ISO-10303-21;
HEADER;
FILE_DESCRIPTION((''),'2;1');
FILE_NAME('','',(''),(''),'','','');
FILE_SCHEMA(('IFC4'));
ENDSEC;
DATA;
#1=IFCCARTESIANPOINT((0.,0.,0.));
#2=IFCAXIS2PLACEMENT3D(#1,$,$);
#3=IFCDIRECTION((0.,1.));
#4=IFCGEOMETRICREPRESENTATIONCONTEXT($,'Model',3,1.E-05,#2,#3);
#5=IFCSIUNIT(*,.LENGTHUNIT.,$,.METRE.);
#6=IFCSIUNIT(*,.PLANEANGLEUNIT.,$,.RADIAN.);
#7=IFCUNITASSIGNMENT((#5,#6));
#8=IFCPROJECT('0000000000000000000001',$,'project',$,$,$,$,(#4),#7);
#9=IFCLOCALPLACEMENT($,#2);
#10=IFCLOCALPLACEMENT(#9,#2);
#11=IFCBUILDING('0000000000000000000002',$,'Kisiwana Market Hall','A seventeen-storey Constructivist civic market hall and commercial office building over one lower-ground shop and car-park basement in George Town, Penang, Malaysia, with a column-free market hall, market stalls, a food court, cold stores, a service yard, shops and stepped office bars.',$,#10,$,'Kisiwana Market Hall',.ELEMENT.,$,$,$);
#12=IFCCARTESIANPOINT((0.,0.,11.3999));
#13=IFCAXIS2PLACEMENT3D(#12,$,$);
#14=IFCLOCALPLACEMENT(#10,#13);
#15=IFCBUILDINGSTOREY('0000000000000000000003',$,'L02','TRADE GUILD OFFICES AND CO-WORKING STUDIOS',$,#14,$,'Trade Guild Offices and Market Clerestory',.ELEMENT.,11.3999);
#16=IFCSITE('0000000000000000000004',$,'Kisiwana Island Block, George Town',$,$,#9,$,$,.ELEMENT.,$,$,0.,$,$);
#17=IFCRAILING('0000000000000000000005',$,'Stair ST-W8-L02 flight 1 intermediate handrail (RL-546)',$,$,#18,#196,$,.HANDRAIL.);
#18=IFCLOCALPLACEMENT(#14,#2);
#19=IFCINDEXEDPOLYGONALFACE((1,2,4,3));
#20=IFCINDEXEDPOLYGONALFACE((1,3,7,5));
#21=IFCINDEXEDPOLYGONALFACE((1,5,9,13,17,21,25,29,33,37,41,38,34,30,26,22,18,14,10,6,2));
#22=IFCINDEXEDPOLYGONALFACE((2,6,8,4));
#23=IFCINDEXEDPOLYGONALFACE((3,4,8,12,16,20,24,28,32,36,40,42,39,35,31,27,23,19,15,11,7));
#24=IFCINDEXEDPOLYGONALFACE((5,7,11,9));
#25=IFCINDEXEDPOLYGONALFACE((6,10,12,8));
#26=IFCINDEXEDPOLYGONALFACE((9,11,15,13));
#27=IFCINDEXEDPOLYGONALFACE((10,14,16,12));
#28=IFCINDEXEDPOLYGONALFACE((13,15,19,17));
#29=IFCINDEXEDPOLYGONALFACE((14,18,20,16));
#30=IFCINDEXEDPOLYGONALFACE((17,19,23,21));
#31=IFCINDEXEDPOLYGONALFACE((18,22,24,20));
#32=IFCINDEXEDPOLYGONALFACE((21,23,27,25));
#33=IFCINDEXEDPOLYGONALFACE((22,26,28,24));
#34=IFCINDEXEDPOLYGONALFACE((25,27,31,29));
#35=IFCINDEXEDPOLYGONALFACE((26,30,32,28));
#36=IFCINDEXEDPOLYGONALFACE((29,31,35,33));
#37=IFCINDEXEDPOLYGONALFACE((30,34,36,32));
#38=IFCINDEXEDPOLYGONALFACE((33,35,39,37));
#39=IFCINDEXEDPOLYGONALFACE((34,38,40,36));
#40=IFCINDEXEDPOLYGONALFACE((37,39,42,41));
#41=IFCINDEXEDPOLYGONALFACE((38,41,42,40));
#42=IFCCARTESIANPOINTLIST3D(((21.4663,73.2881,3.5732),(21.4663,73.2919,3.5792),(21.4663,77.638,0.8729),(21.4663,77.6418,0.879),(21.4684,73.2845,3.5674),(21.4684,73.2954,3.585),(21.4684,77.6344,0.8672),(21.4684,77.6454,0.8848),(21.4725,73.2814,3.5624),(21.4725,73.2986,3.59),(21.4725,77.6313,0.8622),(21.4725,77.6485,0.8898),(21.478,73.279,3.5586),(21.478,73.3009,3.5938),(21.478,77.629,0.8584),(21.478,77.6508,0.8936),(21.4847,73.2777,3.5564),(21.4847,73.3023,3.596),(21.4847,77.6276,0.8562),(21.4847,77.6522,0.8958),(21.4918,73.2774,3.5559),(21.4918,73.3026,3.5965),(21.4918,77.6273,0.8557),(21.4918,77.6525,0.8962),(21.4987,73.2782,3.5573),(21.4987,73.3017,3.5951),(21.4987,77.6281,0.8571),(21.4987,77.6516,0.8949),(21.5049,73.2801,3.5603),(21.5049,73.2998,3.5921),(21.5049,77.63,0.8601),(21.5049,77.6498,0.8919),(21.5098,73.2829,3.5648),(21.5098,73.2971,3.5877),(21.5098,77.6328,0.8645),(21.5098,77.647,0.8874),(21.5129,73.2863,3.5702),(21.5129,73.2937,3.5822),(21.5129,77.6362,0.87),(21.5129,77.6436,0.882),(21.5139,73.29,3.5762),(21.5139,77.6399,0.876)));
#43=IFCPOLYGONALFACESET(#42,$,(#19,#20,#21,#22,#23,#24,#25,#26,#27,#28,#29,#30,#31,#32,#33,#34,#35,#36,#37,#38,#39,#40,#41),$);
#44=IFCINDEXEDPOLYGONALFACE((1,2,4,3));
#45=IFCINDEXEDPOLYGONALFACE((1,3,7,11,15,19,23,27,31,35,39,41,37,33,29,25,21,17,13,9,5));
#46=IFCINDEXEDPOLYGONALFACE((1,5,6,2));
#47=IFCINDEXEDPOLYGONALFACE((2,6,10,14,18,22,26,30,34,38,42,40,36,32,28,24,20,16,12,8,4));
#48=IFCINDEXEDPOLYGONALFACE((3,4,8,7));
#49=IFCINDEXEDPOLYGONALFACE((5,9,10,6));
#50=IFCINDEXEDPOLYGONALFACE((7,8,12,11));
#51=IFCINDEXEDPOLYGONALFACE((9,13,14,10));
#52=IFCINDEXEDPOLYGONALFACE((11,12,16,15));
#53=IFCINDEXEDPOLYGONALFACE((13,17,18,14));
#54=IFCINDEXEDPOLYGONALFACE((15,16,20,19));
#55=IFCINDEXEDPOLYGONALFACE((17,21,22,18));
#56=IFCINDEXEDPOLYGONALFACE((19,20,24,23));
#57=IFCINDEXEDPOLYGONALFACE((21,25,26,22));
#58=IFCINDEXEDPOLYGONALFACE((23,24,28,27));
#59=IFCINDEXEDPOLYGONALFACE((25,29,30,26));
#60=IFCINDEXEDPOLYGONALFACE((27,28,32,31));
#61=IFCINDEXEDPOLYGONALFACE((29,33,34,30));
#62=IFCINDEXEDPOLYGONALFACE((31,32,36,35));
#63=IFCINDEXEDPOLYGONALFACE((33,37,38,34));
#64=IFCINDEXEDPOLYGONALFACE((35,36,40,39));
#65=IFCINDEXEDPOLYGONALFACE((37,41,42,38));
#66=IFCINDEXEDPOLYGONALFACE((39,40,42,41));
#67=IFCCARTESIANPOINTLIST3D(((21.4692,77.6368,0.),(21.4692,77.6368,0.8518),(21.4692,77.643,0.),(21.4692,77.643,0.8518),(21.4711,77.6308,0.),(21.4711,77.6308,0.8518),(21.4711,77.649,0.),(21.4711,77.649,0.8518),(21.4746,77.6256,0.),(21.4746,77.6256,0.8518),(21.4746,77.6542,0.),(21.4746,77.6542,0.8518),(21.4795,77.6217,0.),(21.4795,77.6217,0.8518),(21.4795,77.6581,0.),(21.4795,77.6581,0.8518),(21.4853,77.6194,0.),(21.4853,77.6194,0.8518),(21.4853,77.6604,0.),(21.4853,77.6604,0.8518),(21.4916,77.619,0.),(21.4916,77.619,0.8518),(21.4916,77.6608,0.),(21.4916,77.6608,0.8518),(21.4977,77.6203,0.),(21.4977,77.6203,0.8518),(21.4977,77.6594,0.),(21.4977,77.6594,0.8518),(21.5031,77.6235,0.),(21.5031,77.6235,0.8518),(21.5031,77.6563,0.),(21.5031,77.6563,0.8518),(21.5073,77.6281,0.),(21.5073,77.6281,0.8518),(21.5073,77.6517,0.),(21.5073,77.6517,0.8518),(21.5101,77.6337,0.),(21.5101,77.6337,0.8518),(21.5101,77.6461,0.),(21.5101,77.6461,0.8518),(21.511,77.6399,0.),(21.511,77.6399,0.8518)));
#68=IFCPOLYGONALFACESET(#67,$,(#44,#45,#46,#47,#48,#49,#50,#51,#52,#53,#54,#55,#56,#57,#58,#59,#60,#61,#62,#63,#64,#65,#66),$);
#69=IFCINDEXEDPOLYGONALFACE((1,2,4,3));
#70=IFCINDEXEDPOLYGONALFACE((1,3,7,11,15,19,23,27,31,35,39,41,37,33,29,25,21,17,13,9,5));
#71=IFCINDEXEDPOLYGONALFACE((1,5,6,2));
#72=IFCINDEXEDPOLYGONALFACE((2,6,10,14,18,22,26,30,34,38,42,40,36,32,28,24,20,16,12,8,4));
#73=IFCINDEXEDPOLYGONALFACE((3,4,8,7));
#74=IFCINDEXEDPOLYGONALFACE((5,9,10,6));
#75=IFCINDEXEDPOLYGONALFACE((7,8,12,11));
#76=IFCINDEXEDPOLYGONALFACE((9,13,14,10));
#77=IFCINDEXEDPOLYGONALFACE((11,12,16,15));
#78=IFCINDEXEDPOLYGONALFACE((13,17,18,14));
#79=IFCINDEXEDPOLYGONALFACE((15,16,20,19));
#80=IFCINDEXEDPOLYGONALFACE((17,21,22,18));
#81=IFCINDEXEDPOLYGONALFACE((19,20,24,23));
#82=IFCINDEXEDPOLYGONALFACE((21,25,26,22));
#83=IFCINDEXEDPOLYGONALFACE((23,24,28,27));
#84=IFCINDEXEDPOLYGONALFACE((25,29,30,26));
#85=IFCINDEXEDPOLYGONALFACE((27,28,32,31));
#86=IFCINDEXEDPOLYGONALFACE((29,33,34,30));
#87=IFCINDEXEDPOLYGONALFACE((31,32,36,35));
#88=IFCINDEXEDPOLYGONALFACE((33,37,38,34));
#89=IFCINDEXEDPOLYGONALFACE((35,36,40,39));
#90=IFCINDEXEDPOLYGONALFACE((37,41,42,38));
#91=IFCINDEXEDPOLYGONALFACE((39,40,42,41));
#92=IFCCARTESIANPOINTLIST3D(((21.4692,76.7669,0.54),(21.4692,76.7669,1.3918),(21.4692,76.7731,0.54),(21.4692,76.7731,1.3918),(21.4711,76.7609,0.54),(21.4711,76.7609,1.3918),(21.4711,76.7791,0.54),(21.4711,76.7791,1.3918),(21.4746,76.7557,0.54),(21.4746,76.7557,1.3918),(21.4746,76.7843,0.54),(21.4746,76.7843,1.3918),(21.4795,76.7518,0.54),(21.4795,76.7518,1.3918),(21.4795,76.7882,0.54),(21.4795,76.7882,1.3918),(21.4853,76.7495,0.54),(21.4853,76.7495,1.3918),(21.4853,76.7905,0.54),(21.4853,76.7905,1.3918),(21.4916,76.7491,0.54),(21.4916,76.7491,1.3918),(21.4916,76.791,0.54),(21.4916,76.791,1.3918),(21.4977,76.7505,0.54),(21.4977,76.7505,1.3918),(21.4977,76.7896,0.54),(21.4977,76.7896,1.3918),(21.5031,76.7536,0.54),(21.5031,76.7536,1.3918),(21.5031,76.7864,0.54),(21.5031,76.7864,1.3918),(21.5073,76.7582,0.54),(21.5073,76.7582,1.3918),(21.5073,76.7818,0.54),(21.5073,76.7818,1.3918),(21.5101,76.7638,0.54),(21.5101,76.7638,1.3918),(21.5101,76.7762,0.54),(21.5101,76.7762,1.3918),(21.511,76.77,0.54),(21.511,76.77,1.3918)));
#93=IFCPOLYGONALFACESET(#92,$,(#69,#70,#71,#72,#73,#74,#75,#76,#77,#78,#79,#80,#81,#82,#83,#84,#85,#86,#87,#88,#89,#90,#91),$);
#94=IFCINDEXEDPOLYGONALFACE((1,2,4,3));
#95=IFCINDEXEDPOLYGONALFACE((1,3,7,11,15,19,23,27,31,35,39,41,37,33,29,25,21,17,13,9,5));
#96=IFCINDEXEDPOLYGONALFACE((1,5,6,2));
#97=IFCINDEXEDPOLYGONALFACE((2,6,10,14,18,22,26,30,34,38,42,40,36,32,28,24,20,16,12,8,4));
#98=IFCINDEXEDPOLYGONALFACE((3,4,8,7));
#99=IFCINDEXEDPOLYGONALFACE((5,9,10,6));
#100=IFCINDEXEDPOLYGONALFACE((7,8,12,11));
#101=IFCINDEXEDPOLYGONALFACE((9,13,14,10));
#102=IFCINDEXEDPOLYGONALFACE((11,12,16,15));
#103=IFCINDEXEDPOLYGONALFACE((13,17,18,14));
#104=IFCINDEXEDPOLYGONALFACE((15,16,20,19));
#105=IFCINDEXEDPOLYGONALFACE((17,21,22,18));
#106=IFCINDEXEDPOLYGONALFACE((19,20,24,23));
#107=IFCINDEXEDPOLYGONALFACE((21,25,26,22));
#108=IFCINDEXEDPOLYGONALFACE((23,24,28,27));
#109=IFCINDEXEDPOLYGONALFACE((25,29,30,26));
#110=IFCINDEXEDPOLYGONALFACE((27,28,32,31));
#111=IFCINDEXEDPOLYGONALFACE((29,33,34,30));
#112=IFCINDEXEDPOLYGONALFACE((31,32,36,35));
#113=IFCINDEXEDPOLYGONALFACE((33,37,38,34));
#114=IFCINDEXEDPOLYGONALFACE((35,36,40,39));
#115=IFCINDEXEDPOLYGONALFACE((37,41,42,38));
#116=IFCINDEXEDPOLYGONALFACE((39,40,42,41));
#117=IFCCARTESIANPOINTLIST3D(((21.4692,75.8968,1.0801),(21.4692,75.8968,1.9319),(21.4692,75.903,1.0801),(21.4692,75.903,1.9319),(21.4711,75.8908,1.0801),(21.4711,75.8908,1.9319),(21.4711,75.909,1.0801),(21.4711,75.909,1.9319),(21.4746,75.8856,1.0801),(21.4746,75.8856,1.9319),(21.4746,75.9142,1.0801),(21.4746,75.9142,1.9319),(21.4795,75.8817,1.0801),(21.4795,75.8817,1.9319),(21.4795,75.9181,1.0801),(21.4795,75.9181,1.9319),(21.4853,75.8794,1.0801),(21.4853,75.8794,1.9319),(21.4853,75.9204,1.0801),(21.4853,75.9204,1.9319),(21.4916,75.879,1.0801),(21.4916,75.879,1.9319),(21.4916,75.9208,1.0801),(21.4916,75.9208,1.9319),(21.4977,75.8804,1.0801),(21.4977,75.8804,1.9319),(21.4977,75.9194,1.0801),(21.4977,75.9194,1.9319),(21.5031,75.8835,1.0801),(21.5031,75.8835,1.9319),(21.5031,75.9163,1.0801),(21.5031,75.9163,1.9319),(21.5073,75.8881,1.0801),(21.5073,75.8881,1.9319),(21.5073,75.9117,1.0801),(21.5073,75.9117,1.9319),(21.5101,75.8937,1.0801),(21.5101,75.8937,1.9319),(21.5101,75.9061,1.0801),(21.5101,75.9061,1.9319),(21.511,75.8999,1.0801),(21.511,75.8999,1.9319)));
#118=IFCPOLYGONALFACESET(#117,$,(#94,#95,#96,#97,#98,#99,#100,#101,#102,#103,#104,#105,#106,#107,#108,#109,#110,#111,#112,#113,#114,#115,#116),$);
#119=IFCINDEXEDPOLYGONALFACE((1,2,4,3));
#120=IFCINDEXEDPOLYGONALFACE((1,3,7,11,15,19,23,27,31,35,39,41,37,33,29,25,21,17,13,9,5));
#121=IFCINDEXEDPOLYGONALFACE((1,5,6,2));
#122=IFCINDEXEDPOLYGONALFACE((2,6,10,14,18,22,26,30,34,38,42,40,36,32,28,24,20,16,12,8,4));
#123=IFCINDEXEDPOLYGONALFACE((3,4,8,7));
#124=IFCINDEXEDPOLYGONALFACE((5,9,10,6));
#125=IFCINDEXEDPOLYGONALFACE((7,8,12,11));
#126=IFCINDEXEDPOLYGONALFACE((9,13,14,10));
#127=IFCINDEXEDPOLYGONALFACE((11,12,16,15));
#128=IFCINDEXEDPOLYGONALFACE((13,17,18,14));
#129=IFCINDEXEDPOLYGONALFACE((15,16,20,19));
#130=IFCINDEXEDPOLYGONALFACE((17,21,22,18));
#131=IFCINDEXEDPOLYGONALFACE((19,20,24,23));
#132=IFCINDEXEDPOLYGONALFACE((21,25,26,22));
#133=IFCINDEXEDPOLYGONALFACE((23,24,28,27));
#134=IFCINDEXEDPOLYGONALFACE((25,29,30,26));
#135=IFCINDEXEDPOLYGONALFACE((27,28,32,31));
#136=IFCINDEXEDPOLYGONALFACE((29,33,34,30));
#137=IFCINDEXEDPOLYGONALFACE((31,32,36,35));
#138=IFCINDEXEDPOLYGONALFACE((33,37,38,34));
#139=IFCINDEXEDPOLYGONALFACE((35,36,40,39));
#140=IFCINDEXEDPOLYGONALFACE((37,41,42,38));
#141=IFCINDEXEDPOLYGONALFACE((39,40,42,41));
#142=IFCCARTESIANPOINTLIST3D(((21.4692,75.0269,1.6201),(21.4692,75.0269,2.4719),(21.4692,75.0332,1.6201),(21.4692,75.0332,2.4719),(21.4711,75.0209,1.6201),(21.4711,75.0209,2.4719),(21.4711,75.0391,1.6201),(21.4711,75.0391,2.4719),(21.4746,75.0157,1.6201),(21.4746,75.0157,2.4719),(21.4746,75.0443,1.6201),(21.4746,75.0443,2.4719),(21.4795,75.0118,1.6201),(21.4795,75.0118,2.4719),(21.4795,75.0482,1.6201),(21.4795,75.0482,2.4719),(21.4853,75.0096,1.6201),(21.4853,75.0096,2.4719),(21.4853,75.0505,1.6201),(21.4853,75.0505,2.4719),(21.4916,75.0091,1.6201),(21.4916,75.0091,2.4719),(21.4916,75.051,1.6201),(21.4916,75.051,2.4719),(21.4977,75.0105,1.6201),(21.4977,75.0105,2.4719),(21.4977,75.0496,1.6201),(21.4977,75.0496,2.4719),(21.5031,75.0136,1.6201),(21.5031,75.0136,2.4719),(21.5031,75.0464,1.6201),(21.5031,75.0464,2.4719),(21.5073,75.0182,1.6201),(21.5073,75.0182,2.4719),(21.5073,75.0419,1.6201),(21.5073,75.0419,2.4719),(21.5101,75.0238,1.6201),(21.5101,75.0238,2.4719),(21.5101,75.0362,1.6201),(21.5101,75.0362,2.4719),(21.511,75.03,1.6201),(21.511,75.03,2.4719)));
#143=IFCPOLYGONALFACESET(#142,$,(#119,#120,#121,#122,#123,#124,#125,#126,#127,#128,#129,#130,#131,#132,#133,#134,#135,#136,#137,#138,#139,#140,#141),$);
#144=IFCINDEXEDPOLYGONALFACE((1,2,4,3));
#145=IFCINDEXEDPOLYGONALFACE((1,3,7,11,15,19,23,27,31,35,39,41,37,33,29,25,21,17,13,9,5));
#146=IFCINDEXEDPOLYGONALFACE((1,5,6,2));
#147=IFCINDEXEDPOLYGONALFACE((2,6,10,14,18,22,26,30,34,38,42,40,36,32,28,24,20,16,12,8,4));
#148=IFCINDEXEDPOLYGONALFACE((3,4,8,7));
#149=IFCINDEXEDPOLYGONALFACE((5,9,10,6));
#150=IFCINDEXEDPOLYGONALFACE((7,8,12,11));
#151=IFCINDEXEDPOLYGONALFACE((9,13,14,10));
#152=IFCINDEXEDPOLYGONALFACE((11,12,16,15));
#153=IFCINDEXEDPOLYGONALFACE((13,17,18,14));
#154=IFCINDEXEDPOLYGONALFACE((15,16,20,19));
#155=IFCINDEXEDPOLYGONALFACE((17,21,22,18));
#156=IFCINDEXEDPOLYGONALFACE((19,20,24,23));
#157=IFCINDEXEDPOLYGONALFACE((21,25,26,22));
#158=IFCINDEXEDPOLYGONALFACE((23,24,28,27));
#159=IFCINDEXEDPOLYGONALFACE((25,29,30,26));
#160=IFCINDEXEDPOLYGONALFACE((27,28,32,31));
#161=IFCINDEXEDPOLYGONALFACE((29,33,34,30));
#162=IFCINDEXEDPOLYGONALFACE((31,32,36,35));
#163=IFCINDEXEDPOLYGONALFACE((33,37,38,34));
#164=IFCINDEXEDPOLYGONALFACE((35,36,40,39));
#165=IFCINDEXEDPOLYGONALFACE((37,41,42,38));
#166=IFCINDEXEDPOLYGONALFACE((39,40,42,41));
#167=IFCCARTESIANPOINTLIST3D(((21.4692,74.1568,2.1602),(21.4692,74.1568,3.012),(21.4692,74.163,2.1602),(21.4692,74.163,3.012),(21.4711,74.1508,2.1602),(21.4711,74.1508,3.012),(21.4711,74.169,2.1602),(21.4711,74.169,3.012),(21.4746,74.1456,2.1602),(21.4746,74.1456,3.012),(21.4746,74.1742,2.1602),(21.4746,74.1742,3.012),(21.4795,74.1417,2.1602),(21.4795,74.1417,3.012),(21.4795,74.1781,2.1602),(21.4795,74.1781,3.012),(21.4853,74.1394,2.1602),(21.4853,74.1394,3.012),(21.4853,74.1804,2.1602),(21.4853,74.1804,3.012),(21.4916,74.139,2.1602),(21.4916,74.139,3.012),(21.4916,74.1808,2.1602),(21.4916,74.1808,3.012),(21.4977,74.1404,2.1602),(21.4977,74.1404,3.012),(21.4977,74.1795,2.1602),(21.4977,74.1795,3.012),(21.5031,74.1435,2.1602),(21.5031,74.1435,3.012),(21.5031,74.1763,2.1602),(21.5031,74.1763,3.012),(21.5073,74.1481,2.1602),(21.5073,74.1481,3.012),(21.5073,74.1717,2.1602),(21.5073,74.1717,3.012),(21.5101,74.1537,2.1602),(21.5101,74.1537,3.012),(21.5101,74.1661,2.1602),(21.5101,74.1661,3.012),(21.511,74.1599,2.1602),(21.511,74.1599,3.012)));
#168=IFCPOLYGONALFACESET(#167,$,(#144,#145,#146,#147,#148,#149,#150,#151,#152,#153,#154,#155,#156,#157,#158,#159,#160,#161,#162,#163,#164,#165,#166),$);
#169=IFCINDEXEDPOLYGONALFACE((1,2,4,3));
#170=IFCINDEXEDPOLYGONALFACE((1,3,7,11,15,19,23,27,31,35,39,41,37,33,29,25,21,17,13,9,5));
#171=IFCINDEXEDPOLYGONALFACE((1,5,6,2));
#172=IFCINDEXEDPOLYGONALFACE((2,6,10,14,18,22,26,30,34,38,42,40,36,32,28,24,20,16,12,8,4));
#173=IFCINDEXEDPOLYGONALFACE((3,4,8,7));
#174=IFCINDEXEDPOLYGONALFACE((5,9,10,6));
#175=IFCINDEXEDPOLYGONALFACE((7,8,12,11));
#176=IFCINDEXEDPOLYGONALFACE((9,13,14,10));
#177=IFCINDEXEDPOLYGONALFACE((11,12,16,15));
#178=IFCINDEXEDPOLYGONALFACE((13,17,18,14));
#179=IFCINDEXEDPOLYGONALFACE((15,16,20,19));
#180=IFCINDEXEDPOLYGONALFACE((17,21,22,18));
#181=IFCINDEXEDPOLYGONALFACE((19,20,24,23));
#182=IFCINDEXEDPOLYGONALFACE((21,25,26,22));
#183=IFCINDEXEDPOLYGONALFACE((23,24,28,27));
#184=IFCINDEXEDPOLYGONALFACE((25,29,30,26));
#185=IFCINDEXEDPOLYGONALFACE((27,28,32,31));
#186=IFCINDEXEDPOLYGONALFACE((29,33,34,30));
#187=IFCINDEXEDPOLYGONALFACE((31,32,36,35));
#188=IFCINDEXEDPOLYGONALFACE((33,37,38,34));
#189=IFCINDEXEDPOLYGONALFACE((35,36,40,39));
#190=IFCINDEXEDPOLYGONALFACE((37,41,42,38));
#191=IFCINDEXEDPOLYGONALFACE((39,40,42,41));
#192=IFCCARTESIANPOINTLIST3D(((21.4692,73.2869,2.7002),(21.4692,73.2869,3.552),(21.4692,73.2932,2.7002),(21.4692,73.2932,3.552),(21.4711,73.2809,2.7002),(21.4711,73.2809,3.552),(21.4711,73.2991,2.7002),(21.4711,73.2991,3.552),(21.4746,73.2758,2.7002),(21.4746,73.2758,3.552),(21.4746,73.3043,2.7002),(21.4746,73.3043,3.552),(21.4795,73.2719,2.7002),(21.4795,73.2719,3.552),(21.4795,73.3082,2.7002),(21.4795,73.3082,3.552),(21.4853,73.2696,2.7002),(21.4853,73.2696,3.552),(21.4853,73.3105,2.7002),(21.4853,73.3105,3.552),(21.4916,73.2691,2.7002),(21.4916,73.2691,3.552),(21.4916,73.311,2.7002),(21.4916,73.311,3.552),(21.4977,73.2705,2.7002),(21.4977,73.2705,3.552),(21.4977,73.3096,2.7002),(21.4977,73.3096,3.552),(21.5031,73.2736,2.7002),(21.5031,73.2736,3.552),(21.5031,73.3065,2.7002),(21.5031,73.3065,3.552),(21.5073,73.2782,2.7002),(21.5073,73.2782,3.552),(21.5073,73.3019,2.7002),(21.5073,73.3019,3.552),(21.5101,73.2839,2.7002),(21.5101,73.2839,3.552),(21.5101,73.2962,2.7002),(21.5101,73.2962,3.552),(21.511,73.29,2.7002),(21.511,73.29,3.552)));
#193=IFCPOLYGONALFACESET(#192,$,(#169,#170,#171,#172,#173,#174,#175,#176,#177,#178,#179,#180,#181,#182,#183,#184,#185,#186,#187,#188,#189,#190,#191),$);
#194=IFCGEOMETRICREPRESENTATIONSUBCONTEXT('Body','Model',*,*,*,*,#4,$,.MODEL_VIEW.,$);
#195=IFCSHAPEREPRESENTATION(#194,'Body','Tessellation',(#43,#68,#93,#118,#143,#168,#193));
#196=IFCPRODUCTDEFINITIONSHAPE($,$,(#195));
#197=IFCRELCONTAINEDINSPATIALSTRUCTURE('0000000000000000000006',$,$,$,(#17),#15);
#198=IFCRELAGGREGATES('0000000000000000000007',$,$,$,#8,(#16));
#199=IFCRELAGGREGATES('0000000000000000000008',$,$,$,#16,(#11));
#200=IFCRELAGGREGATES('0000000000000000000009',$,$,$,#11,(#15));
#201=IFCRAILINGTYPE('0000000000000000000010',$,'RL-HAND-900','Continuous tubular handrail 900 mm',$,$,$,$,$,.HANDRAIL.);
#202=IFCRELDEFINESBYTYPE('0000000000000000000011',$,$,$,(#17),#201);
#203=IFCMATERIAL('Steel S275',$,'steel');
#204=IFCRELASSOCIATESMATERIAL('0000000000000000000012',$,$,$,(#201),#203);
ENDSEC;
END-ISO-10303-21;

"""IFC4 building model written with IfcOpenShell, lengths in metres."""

from ifc_helpers import new_model, si_unit, direction, frame, origin, origin_2d, place, context, subcontext, project, spatial, circle, extrude, material, type_object, element, save


model = new_model("IFC4")

# Units and contexts
model_context = context("Model", 3, precision=1e-05, world=origin(), true_north=direction((0.0, 1.0)))
body_context = subcontext(model_context, "Body", "Model", "MODEL_VIEW")
ifc_project = project(units=[si_unit("LENGTHUNIT", "METRE"), si_unit("PLANEANGLEUNIT", "RADIAN")], contexts=[model_context])

# Site, building, storey
site_placement = place(None, origin())
site = spatial("IfcSite", under=ifc_project, at=site_placement, Name="Kisiwana Island Block, George Town", CompositionType="ELEMENT", RefElevation=0.0)
building_placement = place(site_placement, origin())
building = spatial("IfcBuilding", under=site, at=building_placement, Name="Kisiwana Market Hall", Description="A seventeen-storey Constructivist civic market hall and commercial office building over one lower-ground shop and car-park basement in George Town, Penang, Malaysia, with a column-free market hall, market stalls, a food court, cold stores, a service yard, shops and stepped office bars.", LongName="Kisiwana Market Hall", CompositionType="ELEMENT")
storey_placement = place(building_placement, frame((0.0, 0.0, 11.3999)))
storey = spatial("IfcBuildingStorey", under=building, at=storey_placement, Name="L02", Description="TRADE GUILD OFFICES AND CO-WORKING STUDIOS", LongName="Trade Guild Offices and Market Clerestory", CompositionType="ELEMENT", Elevation=11.3999)

# Railing
ifc_material_1 = material(Name="Steel S275", Category="steel")
railing_type_1 = type_object("IfcRailingType", Name="RL-HAND-900", Description="Continuous tubular handrail 900 mm", PredefinedType="HANDRAIL", material=ifc_material_1)
railing_1_placement = place(storey_placement, frame((21.49, 77.6399, 0.0)))
element("IfcRailing", 1, at=railing_1_placement, inside=storey, type_object=railing_type_1, Name="Stair ST-W8-L02 flight 1 intermediate handrail (RL-546)", PredefinedType="HANDRAIL", context=body_context, shape_type="SweptSolid", body=[
    extrude(circle(Radius=0.0239, at=origin_2d()), frame((0.0, 0.0, 0.876), z_axis=(0.0, -0.849615, 0.527403), x_axis=(1.0, 0.0, 0.0)), (0.0, 0.0, 1.0), 5.1199),
    extrude(circle(Radius=0.021, at=origin_2d()), origin(), (0.0, 0.0, 1.0), 0.8518),
    extrude(circle(Radius=0.021, at=origin_2d()), frame((0.0, -0.8699, 0.54)), (0.0, 0.0, 1.0), 0.8518),
    extrude(circle(Radius=0.021, at=origin_2d()), frame((0.0, -1.74, 1.0801)), (0.0, 0.0, 1.0), 0.8518),
    extrude(circle(Radius=0.021, at=origin_2d()), frame((0.0, -2.6099, 1.6201)), (0.0, 0.0, 1.0), 0.8518),
    extrude(circle(Radius=0.021, at=origin_2d()), frame((0.0, -3.48, 2.1602)), (0.0, 0.0, 1.0), 0.8518),
    extrude(circle(Radius=0.021, at=origin_2d()), frame((0.0, -4.3499, 2.7002)), (0.0, 0.0, 1.0), 0.8518),
])

save(model, "model.ifc")
